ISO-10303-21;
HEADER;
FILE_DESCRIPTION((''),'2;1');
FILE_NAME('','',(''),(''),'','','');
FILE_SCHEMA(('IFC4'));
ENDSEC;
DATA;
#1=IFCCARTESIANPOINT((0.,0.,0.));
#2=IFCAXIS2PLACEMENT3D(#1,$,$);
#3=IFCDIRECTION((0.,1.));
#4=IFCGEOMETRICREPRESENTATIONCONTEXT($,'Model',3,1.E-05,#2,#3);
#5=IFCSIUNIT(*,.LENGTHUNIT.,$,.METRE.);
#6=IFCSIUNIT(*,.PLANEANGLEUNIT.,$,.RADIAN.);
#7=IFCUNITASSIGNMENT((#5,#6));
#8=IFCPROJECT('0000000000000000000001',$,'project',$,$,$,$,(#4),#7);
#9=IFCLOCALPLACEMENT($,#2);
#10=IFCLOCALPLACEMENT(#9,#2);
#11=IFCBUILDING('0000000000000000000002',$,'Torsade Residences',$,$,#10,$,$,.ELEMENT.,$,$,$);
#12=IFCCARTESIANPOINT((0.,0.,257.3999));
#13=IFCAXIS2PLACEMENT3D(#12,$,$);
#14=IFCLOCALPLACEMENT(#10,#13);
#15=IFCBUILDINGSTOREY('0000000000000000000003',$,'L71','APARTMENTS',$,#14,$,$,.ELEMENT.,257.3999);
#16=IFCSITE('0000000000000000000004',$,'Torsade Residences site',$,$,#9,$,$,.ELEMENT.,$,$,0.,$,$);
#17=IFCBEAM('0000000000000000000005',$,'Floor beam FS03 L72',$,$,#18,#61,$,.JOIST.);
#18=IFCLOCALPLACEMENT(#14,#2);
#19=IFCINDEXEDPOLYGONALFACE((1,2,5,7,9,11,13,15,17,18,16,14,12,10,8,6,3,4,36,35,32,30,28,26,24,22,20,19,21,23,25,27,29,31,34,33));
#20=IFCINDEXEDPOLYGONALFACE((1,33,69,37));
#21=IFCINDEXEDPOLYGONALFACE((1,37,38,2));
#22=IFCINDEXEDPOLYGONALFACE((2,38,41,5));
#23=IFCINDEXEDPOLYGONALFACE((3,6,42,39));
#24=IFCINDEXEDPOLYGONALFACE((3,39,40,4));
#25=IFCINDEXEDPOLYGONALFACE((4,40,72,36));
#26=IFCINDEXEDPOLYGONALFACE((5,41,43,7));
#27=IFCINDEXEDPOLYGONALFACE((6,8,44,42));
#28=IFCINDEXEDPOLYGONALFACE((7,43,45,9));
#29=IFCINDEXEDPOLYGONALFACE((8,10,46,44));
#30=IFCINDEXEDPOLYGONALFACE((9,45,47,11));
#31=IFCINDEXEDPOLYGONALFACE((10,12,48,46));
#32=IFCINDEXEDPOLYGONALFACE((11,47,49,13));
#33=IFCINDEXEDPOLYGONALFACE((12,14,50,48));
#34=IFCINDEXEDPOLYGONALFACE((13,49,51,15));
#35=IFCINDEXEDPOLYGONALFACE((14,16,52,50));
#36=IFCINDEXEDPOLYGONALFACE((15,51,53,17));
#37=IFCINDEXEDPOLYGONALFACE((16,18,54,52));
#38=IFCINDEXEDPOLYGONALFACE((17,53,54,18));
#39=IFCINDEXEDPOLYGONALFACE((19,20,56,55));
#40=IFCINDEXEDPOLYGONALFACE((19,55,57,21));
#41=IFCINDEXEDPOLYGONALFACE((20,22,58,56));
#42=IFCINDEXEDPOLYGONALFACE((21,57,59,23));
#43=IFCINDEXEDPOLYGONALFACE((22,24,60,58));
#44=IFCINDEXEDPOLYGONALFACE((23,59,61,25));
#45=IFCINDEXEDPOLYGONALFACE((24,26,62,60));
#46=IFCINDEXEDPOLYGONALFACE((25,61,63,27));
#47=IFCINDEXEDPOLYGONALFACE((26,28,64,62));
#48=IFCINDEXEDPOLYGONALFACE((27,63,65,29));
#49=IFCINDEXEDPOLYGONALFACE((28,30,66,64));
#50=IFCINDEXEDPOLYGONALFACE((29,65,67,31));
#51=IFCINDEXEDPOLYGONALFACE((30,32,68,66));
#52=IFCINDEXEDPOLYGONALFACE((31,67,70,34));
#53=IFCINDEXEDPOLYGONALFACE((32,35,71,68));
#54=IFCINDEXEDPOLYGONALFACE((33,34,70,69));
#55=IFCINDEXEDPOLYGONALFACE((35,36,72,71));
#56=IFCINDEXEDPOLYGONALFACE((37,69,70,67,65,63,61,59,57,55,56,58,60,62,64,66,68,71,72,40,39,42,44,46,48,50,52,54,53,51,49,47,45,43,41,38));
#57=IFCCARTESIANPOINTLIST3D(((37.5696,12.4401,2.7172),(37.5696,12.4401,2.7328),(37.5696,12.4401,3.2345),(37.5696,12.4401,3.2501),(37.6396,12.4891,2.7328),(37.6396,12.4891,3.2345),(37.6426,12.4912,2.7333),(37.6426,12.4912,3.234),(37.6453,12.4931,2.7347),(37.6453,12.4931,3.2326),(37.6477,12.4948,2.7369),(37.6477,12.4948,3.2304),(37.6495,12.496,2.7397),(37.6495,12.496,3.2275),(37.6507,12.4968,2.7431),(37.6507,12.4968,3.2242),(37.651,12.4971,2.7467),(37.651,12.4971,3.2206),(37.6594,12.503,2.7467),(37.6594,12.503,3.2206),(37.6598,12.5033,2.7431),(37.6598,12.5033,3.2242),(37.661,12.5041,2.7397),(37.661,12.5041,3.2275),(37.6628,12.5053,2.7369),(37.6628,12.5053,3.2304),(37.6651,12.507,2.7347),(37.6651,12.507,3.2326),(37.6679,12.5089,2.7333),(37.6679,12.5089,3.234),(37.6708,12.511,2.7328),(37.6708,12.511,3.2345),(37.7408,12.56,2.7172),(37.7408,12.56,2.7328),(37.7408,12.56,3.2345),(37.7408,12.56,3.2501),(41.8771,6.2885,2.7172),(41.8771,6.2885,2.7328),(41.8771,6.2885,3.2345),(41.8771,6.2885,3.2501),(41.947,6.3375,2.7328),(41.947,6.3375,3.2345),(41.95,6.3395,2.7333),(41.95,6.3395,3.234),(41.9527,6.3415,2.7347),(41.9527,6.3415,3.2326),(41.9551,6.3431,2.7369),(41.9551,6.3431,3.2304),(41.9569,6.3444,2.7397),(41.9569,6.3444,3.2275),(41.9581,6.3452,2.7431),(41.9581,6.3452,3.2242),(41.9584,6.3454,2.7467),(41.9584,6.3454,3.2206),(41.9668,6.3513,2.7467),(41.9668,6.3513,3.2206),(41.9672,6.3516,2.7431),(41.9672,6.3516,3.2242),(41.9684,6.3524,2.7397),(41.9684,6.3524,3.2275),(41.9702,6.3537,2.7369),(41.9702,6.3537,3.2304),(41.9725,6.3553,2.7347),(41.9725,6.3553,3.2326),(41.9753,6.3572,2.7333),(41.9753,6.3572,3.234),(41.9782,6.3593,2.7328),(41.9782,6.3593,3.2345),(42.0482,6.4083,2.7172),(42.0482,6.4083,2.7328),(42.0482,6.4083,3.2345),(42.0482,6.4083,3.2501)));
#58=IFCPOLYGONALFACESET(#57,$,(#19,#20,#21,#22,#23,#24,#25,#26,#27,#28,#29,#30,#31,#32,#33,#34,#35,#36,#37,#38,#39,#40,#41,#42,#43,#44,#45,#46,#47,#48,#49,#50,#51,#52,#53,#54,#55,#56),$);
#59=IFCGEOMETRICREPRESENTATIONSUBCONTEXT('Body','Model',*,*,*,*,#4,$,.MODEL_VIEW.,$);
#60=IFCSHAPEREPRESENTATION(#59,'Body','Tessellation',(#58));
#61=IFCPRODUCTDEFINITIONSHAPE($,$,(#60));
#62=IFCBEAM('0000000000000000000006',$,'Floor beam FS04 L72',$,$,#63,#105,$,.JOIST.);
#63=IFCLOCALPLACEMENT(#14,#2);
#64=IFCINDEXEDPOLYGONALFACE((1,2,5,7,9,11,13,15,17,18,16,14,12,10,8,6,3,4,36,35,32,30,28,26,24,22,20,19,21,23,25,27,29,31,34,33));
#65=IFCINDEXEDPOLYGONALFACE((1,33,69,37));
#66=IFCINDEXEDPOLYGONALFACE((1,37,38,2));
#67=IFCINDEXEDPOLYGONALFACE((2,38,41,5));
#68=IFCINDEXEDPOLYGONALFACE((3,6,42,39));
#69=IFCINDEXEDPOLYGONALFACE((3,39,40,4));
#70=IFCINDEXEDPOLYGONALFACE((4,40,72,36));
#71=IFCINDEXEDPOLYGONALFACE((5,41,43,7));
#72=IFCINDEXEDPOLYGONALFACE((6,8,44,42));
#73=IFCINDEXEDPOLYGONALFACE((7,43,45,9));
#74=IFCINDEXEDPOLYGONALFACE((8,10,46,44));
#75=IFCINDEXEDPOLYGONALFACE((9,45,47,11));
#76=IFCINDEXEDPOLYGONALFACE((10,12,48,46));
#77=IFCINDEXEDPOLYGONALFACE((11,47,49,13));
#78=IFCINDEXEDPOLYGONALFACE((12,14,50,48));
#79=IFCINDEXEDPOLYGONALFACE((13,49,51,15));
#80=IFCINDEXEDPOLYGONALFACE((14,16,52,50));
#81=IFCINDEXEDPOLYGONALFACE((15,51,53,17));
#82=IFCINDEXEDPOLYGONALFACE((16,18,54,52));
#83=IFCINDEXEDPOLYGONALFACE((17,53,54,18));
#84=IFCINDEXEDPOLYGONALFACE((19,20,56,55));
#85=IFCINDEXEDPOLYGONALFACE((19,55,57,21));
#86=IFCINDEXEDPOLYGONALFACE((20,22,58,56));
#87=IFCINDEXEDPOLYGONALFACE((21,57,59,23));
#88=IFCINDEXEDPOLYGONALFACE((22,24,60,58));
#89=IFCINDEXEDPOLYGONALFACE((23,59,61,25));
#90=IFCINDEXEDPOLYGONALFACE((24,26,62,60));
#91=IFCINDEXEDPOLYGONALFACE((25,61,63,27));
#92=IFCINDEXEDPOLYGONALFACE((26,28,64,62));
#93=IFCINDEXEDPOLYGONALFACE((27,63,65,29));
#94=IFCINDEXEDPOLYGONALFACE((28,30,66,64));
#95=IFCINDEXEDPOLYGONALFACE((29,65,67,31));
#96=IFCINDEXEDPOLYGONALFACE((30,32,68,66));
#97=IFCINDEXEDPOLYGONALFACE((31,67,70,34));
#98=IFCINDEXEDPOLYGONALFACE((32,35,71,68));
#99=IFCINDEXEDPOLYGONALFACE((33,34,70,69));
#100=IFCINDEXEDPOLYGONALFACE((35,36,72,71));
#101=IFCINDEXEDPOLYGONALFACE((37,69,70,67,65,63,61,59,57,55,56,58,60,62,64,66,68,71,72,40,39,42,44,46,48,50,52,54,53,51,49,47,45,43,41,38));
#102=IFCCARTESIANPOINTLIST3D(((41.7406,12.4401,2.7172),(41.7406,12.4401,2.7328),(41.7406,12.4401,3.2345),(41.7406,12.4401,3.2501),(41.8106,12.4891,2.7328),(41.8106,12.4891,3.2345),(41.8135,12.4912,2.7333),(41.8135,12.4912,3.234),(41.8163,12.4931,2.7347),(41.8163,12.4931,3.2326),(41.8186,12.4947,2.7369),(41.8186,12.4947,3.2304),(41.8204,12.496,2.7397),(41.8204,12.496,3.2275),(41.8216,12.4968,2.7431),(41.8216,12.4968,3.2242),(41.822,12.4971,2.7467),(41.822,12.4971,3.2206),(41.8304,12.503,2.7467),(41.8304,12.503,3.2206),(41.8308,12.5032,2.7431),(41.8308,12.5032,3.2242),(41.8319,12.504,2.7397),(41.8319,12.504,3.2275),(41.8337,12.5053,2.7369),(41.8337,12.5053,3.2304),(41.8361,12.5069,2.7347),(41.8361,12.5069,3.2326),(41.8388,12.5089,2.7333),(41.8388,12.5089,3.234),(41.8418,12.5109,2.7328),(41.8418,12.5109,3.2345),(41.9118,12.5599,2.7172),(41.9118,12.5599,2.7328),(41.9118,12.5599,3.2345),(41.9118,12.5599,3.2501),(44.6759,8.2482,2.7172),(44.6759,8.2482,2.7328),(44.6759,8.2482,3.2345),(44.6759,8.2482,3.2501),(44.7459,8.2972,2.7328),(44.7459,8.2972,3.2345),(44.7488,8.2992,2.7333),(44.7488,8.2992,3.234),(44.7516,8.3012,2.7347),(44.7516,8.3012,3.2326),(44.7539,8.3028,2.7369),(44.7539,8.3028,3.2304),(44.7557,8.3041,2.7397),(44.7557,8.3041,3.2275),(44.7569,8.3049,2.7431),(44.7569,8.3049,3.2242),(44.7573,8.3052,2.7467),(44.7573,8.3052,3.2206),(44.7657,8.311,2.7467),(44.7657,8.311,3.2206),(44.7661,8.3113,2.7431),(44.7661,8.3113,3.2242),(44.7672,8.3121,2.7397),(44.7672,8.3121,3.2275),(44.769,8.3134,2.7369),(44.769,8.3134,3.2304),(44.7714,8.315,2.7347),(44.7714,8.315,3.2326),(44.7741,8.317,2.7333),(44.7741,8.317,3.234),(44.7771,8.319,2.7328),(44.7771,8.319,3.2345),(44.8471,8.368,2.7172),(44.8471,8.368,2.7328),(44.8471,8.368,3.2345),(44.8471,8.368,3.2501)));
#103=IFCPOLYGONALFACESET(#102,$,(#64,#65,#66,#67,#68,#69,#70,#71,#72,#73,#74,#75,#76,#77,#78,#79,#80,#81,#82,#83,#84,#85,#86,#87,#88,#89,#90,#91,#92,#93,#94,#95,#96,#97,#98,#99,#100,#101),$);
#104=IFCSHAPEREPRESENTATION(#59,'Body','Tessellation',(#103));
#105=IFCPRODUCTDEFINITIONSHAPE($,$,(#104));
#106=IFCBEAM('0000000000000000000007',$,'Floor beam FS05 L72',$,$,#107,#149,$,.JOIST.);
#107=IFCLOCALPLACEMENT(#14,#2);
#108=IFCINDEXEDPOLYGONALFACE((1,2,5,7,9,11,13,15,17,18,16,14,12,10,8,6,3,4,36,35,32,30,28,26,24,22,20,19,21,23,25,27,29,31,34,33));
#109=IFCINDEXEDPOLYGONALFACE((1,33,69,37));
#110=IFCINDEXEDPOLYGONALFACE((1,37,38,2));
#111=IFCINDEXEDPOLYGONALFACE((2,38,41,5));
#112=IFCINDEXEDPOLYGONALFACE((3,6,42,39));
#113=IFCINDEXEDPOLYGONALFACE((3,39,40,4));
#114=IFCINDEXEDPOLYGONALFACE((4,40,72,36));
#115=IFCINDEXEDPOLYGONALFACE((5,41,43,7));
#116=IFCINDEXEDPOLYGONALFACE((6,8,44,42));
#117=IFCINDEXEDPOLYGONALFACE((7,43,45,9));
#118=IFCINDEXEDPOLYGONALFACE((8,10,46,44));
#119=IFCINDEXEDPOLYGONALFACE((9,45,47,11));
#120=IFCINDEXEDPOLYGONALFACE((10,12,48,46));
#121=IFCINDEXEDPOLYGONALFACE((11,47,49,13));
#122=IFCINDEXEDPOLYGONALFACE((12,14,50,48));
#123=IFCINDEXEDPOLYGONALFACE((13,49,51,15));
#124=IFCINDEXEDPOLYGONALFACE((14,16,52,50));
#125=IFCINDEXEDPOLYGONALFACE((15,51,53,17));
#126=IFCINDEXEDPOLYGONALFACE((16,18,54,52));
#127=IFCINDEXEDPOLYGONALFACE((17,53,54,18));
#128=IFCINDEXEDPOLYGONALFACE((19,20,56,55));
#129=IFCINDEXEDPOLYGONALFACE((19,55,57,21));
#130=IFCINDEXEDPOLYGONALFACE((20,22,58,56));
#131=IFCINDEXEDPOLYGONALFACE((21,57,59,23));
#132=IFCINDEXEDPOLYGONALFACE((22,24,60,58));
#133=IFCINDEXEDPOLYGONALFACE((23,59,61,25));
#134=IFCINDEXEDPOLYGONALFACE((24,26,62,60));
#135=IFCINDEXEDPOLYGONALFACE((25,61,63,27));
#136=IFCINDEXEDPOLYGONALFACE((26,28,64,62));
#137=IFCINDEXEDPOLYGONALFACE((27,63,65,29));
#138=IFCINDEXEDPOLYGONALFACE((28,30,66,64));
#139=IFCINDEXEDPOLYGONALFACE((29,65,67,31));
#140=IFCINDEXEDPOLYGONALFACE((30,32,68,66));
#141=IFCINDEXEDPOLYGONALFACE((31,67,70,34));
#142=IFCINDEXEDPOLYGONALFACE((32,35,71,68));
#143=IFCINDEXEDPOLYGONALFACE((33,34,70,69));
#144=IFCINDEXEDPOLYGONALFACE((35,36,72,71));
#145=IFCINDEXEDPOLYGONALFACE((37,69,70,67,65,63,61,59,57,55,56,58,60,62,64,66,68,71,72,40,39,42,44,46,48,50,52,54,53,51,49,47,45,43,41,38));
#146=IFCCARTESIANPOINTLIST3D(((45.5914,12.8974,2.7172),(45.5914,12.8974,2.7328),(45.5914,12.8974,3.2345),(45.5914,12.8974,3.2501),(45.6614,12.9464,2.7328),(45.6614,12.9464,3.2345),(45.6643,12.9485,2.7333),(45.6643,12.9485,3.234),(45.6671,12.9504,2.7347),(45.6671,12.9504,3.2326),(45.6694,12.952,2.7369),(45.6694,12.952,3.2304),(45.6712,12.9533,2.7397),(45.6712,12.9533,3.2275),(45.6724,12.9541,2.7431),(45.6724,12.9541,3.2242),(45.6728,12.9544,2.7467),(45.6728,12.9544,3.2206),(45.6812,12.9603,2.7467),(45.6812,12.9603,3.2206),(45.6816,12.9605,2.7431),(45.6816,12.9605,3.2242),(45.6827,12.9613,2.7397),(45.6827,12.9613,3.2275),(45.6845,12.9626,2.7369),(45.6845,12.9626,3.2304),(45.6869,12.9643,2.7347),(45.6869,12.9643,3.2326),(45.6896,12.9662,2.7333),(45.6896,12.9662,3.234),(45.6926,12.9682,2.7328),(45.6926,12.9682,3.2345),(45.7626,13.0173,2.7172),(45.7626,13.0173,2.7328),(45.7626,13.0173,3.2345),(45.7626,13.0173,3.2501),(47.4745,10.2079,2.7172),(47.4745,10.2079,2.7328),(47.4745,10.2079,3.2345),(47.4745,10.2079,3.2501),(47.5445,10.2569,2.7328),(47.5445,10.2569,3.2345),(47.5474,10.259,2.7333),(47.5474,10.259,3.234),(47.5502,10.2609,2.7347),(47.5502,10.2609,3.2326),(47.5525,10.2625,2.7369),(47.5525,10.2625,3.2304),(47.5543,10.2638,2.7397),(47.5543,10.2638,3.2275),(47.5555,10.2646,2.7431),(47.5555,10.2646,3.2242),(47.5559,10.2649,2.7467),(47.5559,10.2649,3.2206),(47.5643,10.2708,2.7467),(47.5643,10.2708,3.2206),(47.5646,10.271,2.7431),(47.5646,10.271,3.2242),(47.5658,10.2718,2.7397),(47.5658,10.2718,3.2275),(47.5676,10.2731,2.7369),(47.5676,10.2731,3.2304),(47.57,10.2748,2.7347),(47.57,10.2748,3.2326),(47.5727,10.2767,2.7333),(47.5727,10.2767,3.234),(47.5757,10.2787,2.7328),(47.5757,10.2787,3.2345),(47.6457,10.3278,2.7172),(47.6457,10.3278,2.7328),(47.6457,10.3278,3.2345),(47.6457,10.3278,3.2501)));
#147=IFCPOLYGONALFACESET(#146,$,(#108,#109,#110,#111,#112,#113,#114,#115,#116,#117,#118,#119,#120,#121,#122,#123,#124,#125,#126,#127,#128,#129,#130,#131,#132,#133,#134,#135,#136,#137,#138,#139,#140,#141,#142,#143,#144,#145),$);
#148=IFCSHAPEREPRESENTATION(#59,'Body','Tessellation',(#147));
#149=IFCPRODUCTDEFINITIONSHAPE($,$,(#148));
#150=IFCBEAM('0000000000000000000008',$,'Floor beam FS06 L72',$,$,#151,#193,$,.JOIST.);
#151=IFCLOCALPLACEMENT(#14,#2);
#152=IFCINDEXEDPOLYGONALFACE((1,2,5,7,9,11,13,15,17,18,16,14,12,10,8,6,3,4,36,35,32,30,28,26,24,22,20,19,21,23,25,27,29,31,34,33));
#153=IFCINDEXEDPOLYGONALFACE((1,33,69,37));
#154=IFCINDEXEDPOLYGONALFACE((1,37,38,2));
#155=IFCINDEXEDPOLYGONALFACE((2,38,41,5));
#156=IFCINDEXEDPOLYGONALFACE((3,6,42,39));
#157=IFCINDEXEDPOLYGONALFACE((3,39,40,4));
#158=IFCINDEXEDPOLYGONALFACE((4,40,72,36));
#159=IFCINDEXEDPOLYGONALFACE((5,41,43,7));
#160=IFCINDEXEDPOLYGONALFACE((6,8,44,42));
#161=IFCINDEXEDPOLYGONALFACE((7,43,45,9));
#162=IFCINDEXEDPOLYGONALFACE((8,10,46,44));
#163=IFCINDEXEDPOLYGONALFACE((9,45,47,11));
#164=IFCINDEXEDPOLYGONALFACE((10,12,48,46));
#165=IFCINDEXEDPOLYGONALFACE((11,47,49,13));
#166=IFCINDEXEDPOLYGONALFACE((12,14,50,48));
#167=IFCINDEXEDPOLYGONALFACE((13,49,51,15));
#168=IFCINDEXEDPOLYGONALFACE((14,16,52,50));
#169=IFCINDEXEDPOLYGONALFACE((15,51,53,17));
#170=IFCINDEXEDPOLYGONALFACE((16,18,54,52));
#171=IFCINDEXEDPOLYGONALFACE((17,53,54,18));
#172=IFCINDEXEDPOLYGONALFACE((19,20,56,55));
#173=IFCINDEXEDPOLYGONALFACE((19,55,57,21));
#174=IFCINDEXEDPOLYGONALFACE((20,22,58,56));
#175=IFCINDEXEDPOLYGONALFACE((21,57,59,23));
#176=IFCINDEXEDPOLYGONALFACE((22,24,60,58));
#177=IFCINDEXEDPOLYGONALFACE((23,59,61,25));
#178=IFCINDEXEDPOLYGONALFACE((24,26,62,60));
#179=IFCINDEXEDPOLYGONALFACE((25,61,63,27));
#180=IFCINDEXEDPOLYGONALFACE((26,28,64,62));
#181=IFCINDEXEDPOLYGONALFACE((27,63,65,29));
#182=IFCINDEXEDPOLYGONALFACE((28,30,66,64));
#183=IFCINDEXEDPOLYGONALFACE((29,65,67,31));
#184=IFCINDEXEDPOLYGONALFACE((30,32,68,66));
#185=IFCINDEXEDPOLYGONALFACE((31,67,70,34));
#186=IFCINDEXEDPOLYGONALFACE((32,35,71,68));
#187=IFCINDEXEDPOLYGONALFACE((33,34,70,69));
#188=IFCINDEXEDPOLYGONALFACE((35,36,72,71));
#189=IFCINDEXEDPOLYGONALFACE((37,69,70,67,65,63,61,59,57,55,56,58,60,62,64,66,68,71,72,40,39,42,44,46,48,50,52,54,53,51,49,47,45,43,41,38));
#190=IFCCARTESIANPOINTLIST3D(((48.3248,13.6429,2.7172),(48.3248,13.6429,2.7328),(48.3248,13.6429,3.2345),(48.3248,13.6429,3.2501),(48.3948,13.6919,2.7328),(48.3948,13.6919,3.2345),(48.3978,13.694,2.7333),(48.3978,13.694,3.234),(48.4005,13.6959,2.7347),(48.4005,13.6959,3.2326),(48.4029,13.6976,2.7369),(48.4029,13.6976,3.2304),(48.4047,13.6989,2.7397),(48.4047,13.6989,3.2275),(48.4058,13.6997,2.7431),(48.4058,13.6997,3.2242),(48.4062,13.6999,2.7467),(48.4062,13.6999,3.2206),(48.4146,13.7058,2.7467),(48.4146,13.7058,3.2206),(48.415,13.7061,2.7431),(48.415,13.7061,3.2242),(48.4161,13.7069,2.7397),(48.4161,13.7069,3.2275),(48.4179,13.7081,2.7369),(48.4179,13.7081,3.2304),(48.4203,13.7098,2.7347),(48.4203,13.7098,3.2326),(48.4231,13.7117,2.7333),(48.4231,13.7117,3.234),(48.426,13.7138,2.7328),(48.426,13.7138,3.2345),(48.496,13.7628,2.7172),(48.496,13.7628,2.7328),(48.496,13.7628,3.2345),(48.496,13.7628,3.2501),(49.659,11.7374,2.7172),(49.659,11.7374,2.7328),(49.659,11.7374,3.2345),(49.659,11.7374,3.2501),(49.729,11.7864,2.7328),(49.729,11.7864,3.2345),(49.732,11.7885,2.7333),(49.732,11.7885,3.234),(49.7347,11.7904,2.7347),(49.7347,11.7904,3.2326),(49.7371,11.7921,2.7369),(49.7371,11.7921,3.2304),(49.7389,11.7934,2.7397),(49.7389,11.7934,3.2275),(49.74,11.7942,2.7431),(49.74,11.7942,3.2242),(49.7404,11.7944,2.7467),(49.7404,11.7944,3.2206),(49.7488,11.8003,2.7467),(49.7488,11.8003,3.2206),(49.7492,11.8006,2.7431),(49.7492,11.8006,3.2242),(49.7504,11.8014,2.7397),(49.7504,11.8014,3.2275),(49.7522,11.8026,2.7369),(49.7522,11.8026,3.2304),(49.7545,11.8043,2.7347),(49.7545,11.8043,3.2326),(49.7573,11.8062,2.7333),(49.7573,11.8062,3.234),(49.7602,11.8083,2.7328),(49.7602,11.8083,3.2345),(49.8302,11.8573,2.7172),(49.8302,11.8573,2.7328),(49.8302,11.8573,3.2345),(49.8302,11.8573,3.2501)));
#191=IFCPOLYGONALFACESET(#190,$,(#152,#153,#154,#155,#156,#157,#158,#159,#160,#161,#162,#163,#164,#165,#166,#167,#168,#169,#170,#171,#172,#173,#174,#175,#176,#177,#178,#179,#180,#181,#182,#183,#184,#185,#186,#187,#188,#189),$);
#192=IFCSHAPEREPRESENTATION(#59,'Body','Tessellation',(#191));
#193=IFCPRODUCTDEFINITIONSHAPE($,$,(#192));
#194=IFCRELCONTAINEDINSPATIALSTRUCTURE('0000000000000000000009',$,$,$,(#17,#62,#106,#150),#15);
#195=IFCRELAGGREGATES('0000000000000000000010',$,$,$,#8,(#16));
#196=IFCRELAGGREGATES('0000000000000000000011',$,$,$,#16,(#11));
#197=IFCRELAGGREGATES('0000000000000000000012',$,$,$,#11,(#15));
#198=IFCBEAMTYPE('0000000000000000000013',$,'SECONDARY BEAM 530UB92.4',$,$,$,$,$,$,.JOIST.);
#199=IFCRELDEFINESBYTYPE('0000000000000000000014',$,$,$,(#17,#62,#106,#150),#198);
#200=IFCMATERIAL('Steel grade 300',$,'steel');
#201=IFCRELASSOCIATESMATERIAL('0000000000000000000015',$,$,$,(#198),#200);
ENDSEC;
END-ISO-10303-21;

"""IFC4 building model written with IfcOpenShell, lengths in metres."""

from ifc_helpers import new_model, si_unit, direction, frame, origin, origin_2d, place, context, subcontext, project, spatial, i_section, extrude, material, material_profile, profile_set, type_object, element, save


model = new_model("IFC4")

# Units and contexts
model_context = context("Model", 3, precision=1e-05, world=origin(), true_north=direction((0.0, 1.0)))
body_context = subcontext(model_context, "Body", "Model", "MODEL_VIEW")
ifc_project = project(units=[si_unit("LENGTHUNIT", "METRE"), si_unit("PLANEANGLEUNIT", "RADIAN")], contexts=[model_context])

# Site, building, storey
site_placement = place(None, origin())
site = spatial("IfcSite", under=ifc_project, at=site_placement, Name="Torsade Residences site", CompositionType="ELEMENT", RefElevation=0.0)
building_placement = place(site_placement, origin())
building = spatial("IfcBuilding", under=site, at=building_placement, Name="Torsade Residences", CompositionType="ELEMENT")
storey_placement = place(building_placement, frame((0.0, 0.0, 257.3999)))
storey = spatial("IfcBuildingStorey", under=building, at=storey_placement, Name="L71", Description="APARTMENTS", CompositionType="ELEMENT", Elevation=257.3999)

# Beams
ifc_material_1 = material(Name="Steel grade 300", Category="steel")
ifc_material_profile_1 = material_profile(ifc_material_1, i_section(OverallWidth=0.209, OverallDepth=0.533, WebThickness=0.0103, FlangeThickness=0.0156, FilletRadius=0.0139, at=origin_2d()), Name="530UB92.4")
ifc_profile_set_1 = profile_set([ifc_material_profile_1], Name="Steel grade 300")
beam_type_1 = type_object("IfcBeamType", Name="SECONDARY BEAM 530UB92.4", PredefinedType="JOIST", material=ifc_profile_set_1)
beam_1_placement = place(storey_placement, frame((41.9626, 6.3484, 2.9836), z_axis=(-0.573574, 0.819154, 0.0), x_axis=(-0.819154, -0.573574, 0.0)))
element("IfcBeam", 1, at=beam_1_placement, inside=storey, type_object=beam_type_1, Name="Floor beam FS03 L72", PredefinedType="JOIST", context=body_context, shape_type="SweptSolid", body=[
    extrude(i_section(OverallWidth=0.209, OverallDepth=0.533, WebThickness=0.0103, FlangeThickness=0.0156, FilletRadius=0.0139, at=origin_2d()), origin(), (0.0, 0.0, 1.0), 7.5098),
])
beam_2_placement = place(storey_placement, frame((44.7615, 8.3081, 2.9836), z_axis=(-0.57359, 0.819142, 0.0), x_axis=(-0.819142, -0.57359, 0.0)))
element("IfcBeam", 2, at=beam_2_placement, inside=storey, type_object=beam_type_1, Name="Floor beam FS04 L72", PredefinedType="JOIST", context=body_context, shape_type="SweptSolid", body=[
    extrude(i_section(OverallWidth=0.209, OverallDepth=0.533, WebThickness=0.0103, FlangeThickness=0.0156, FilletRadius=0.0139, at=origin_2d()), origin(), (0.0, 0.0, 1.0), 5.1174),
])
beam_3_placement = place(storey_placement, frame((47.5601, 10.2678, 2.9836), z_axis=(-0.573552, 0.819169, 0.0), x_axis=(-0.819169, -0.573552, 0.0)))
element("IfcBeam", 3, at=beam_3_placement, inside=storey, type_object=beam_type_1, Name="Floor beam FS05 L72", PredefinedType="JOIST", context=body_context, shape_type="SweptSolid", body=[
    extrude(i_section(OverallWidth=0.209, OverallDepth=0.533, WebThickness=0.0103, FlangeThickness=0.0156, FilletRadius=0.0139, at=origin_2d()), origin(), (0.0, 0.0, 1.0), 3.2832),
])
beam_4_placement = place(storey_placement, frame((49.7446, 11.7974, 2.9836), z_axis=(-0.573568, 0.819158, 0.0), x_axis=(-0.819158, -0.573568, 0.0)))
element("IfcBeam", 4, at=beam_4_placement, inside=storey, type_object=beam_type_1, Name="Floor beam FS06 L72", PredefinedType="JOIST", context=body_context, shape_type="SweptSolid", body=[
    extrude(i_section(OverallWidth=0.209, OverallDepth=0.533, WebThickness=0.0103, FlangeThickness=0.0156, FilletRadius=0.0139, at=origin_2d()), origin(), (0.0, 0.0, 1.0), 2.3262),
])

save(model, "model.ifc")
